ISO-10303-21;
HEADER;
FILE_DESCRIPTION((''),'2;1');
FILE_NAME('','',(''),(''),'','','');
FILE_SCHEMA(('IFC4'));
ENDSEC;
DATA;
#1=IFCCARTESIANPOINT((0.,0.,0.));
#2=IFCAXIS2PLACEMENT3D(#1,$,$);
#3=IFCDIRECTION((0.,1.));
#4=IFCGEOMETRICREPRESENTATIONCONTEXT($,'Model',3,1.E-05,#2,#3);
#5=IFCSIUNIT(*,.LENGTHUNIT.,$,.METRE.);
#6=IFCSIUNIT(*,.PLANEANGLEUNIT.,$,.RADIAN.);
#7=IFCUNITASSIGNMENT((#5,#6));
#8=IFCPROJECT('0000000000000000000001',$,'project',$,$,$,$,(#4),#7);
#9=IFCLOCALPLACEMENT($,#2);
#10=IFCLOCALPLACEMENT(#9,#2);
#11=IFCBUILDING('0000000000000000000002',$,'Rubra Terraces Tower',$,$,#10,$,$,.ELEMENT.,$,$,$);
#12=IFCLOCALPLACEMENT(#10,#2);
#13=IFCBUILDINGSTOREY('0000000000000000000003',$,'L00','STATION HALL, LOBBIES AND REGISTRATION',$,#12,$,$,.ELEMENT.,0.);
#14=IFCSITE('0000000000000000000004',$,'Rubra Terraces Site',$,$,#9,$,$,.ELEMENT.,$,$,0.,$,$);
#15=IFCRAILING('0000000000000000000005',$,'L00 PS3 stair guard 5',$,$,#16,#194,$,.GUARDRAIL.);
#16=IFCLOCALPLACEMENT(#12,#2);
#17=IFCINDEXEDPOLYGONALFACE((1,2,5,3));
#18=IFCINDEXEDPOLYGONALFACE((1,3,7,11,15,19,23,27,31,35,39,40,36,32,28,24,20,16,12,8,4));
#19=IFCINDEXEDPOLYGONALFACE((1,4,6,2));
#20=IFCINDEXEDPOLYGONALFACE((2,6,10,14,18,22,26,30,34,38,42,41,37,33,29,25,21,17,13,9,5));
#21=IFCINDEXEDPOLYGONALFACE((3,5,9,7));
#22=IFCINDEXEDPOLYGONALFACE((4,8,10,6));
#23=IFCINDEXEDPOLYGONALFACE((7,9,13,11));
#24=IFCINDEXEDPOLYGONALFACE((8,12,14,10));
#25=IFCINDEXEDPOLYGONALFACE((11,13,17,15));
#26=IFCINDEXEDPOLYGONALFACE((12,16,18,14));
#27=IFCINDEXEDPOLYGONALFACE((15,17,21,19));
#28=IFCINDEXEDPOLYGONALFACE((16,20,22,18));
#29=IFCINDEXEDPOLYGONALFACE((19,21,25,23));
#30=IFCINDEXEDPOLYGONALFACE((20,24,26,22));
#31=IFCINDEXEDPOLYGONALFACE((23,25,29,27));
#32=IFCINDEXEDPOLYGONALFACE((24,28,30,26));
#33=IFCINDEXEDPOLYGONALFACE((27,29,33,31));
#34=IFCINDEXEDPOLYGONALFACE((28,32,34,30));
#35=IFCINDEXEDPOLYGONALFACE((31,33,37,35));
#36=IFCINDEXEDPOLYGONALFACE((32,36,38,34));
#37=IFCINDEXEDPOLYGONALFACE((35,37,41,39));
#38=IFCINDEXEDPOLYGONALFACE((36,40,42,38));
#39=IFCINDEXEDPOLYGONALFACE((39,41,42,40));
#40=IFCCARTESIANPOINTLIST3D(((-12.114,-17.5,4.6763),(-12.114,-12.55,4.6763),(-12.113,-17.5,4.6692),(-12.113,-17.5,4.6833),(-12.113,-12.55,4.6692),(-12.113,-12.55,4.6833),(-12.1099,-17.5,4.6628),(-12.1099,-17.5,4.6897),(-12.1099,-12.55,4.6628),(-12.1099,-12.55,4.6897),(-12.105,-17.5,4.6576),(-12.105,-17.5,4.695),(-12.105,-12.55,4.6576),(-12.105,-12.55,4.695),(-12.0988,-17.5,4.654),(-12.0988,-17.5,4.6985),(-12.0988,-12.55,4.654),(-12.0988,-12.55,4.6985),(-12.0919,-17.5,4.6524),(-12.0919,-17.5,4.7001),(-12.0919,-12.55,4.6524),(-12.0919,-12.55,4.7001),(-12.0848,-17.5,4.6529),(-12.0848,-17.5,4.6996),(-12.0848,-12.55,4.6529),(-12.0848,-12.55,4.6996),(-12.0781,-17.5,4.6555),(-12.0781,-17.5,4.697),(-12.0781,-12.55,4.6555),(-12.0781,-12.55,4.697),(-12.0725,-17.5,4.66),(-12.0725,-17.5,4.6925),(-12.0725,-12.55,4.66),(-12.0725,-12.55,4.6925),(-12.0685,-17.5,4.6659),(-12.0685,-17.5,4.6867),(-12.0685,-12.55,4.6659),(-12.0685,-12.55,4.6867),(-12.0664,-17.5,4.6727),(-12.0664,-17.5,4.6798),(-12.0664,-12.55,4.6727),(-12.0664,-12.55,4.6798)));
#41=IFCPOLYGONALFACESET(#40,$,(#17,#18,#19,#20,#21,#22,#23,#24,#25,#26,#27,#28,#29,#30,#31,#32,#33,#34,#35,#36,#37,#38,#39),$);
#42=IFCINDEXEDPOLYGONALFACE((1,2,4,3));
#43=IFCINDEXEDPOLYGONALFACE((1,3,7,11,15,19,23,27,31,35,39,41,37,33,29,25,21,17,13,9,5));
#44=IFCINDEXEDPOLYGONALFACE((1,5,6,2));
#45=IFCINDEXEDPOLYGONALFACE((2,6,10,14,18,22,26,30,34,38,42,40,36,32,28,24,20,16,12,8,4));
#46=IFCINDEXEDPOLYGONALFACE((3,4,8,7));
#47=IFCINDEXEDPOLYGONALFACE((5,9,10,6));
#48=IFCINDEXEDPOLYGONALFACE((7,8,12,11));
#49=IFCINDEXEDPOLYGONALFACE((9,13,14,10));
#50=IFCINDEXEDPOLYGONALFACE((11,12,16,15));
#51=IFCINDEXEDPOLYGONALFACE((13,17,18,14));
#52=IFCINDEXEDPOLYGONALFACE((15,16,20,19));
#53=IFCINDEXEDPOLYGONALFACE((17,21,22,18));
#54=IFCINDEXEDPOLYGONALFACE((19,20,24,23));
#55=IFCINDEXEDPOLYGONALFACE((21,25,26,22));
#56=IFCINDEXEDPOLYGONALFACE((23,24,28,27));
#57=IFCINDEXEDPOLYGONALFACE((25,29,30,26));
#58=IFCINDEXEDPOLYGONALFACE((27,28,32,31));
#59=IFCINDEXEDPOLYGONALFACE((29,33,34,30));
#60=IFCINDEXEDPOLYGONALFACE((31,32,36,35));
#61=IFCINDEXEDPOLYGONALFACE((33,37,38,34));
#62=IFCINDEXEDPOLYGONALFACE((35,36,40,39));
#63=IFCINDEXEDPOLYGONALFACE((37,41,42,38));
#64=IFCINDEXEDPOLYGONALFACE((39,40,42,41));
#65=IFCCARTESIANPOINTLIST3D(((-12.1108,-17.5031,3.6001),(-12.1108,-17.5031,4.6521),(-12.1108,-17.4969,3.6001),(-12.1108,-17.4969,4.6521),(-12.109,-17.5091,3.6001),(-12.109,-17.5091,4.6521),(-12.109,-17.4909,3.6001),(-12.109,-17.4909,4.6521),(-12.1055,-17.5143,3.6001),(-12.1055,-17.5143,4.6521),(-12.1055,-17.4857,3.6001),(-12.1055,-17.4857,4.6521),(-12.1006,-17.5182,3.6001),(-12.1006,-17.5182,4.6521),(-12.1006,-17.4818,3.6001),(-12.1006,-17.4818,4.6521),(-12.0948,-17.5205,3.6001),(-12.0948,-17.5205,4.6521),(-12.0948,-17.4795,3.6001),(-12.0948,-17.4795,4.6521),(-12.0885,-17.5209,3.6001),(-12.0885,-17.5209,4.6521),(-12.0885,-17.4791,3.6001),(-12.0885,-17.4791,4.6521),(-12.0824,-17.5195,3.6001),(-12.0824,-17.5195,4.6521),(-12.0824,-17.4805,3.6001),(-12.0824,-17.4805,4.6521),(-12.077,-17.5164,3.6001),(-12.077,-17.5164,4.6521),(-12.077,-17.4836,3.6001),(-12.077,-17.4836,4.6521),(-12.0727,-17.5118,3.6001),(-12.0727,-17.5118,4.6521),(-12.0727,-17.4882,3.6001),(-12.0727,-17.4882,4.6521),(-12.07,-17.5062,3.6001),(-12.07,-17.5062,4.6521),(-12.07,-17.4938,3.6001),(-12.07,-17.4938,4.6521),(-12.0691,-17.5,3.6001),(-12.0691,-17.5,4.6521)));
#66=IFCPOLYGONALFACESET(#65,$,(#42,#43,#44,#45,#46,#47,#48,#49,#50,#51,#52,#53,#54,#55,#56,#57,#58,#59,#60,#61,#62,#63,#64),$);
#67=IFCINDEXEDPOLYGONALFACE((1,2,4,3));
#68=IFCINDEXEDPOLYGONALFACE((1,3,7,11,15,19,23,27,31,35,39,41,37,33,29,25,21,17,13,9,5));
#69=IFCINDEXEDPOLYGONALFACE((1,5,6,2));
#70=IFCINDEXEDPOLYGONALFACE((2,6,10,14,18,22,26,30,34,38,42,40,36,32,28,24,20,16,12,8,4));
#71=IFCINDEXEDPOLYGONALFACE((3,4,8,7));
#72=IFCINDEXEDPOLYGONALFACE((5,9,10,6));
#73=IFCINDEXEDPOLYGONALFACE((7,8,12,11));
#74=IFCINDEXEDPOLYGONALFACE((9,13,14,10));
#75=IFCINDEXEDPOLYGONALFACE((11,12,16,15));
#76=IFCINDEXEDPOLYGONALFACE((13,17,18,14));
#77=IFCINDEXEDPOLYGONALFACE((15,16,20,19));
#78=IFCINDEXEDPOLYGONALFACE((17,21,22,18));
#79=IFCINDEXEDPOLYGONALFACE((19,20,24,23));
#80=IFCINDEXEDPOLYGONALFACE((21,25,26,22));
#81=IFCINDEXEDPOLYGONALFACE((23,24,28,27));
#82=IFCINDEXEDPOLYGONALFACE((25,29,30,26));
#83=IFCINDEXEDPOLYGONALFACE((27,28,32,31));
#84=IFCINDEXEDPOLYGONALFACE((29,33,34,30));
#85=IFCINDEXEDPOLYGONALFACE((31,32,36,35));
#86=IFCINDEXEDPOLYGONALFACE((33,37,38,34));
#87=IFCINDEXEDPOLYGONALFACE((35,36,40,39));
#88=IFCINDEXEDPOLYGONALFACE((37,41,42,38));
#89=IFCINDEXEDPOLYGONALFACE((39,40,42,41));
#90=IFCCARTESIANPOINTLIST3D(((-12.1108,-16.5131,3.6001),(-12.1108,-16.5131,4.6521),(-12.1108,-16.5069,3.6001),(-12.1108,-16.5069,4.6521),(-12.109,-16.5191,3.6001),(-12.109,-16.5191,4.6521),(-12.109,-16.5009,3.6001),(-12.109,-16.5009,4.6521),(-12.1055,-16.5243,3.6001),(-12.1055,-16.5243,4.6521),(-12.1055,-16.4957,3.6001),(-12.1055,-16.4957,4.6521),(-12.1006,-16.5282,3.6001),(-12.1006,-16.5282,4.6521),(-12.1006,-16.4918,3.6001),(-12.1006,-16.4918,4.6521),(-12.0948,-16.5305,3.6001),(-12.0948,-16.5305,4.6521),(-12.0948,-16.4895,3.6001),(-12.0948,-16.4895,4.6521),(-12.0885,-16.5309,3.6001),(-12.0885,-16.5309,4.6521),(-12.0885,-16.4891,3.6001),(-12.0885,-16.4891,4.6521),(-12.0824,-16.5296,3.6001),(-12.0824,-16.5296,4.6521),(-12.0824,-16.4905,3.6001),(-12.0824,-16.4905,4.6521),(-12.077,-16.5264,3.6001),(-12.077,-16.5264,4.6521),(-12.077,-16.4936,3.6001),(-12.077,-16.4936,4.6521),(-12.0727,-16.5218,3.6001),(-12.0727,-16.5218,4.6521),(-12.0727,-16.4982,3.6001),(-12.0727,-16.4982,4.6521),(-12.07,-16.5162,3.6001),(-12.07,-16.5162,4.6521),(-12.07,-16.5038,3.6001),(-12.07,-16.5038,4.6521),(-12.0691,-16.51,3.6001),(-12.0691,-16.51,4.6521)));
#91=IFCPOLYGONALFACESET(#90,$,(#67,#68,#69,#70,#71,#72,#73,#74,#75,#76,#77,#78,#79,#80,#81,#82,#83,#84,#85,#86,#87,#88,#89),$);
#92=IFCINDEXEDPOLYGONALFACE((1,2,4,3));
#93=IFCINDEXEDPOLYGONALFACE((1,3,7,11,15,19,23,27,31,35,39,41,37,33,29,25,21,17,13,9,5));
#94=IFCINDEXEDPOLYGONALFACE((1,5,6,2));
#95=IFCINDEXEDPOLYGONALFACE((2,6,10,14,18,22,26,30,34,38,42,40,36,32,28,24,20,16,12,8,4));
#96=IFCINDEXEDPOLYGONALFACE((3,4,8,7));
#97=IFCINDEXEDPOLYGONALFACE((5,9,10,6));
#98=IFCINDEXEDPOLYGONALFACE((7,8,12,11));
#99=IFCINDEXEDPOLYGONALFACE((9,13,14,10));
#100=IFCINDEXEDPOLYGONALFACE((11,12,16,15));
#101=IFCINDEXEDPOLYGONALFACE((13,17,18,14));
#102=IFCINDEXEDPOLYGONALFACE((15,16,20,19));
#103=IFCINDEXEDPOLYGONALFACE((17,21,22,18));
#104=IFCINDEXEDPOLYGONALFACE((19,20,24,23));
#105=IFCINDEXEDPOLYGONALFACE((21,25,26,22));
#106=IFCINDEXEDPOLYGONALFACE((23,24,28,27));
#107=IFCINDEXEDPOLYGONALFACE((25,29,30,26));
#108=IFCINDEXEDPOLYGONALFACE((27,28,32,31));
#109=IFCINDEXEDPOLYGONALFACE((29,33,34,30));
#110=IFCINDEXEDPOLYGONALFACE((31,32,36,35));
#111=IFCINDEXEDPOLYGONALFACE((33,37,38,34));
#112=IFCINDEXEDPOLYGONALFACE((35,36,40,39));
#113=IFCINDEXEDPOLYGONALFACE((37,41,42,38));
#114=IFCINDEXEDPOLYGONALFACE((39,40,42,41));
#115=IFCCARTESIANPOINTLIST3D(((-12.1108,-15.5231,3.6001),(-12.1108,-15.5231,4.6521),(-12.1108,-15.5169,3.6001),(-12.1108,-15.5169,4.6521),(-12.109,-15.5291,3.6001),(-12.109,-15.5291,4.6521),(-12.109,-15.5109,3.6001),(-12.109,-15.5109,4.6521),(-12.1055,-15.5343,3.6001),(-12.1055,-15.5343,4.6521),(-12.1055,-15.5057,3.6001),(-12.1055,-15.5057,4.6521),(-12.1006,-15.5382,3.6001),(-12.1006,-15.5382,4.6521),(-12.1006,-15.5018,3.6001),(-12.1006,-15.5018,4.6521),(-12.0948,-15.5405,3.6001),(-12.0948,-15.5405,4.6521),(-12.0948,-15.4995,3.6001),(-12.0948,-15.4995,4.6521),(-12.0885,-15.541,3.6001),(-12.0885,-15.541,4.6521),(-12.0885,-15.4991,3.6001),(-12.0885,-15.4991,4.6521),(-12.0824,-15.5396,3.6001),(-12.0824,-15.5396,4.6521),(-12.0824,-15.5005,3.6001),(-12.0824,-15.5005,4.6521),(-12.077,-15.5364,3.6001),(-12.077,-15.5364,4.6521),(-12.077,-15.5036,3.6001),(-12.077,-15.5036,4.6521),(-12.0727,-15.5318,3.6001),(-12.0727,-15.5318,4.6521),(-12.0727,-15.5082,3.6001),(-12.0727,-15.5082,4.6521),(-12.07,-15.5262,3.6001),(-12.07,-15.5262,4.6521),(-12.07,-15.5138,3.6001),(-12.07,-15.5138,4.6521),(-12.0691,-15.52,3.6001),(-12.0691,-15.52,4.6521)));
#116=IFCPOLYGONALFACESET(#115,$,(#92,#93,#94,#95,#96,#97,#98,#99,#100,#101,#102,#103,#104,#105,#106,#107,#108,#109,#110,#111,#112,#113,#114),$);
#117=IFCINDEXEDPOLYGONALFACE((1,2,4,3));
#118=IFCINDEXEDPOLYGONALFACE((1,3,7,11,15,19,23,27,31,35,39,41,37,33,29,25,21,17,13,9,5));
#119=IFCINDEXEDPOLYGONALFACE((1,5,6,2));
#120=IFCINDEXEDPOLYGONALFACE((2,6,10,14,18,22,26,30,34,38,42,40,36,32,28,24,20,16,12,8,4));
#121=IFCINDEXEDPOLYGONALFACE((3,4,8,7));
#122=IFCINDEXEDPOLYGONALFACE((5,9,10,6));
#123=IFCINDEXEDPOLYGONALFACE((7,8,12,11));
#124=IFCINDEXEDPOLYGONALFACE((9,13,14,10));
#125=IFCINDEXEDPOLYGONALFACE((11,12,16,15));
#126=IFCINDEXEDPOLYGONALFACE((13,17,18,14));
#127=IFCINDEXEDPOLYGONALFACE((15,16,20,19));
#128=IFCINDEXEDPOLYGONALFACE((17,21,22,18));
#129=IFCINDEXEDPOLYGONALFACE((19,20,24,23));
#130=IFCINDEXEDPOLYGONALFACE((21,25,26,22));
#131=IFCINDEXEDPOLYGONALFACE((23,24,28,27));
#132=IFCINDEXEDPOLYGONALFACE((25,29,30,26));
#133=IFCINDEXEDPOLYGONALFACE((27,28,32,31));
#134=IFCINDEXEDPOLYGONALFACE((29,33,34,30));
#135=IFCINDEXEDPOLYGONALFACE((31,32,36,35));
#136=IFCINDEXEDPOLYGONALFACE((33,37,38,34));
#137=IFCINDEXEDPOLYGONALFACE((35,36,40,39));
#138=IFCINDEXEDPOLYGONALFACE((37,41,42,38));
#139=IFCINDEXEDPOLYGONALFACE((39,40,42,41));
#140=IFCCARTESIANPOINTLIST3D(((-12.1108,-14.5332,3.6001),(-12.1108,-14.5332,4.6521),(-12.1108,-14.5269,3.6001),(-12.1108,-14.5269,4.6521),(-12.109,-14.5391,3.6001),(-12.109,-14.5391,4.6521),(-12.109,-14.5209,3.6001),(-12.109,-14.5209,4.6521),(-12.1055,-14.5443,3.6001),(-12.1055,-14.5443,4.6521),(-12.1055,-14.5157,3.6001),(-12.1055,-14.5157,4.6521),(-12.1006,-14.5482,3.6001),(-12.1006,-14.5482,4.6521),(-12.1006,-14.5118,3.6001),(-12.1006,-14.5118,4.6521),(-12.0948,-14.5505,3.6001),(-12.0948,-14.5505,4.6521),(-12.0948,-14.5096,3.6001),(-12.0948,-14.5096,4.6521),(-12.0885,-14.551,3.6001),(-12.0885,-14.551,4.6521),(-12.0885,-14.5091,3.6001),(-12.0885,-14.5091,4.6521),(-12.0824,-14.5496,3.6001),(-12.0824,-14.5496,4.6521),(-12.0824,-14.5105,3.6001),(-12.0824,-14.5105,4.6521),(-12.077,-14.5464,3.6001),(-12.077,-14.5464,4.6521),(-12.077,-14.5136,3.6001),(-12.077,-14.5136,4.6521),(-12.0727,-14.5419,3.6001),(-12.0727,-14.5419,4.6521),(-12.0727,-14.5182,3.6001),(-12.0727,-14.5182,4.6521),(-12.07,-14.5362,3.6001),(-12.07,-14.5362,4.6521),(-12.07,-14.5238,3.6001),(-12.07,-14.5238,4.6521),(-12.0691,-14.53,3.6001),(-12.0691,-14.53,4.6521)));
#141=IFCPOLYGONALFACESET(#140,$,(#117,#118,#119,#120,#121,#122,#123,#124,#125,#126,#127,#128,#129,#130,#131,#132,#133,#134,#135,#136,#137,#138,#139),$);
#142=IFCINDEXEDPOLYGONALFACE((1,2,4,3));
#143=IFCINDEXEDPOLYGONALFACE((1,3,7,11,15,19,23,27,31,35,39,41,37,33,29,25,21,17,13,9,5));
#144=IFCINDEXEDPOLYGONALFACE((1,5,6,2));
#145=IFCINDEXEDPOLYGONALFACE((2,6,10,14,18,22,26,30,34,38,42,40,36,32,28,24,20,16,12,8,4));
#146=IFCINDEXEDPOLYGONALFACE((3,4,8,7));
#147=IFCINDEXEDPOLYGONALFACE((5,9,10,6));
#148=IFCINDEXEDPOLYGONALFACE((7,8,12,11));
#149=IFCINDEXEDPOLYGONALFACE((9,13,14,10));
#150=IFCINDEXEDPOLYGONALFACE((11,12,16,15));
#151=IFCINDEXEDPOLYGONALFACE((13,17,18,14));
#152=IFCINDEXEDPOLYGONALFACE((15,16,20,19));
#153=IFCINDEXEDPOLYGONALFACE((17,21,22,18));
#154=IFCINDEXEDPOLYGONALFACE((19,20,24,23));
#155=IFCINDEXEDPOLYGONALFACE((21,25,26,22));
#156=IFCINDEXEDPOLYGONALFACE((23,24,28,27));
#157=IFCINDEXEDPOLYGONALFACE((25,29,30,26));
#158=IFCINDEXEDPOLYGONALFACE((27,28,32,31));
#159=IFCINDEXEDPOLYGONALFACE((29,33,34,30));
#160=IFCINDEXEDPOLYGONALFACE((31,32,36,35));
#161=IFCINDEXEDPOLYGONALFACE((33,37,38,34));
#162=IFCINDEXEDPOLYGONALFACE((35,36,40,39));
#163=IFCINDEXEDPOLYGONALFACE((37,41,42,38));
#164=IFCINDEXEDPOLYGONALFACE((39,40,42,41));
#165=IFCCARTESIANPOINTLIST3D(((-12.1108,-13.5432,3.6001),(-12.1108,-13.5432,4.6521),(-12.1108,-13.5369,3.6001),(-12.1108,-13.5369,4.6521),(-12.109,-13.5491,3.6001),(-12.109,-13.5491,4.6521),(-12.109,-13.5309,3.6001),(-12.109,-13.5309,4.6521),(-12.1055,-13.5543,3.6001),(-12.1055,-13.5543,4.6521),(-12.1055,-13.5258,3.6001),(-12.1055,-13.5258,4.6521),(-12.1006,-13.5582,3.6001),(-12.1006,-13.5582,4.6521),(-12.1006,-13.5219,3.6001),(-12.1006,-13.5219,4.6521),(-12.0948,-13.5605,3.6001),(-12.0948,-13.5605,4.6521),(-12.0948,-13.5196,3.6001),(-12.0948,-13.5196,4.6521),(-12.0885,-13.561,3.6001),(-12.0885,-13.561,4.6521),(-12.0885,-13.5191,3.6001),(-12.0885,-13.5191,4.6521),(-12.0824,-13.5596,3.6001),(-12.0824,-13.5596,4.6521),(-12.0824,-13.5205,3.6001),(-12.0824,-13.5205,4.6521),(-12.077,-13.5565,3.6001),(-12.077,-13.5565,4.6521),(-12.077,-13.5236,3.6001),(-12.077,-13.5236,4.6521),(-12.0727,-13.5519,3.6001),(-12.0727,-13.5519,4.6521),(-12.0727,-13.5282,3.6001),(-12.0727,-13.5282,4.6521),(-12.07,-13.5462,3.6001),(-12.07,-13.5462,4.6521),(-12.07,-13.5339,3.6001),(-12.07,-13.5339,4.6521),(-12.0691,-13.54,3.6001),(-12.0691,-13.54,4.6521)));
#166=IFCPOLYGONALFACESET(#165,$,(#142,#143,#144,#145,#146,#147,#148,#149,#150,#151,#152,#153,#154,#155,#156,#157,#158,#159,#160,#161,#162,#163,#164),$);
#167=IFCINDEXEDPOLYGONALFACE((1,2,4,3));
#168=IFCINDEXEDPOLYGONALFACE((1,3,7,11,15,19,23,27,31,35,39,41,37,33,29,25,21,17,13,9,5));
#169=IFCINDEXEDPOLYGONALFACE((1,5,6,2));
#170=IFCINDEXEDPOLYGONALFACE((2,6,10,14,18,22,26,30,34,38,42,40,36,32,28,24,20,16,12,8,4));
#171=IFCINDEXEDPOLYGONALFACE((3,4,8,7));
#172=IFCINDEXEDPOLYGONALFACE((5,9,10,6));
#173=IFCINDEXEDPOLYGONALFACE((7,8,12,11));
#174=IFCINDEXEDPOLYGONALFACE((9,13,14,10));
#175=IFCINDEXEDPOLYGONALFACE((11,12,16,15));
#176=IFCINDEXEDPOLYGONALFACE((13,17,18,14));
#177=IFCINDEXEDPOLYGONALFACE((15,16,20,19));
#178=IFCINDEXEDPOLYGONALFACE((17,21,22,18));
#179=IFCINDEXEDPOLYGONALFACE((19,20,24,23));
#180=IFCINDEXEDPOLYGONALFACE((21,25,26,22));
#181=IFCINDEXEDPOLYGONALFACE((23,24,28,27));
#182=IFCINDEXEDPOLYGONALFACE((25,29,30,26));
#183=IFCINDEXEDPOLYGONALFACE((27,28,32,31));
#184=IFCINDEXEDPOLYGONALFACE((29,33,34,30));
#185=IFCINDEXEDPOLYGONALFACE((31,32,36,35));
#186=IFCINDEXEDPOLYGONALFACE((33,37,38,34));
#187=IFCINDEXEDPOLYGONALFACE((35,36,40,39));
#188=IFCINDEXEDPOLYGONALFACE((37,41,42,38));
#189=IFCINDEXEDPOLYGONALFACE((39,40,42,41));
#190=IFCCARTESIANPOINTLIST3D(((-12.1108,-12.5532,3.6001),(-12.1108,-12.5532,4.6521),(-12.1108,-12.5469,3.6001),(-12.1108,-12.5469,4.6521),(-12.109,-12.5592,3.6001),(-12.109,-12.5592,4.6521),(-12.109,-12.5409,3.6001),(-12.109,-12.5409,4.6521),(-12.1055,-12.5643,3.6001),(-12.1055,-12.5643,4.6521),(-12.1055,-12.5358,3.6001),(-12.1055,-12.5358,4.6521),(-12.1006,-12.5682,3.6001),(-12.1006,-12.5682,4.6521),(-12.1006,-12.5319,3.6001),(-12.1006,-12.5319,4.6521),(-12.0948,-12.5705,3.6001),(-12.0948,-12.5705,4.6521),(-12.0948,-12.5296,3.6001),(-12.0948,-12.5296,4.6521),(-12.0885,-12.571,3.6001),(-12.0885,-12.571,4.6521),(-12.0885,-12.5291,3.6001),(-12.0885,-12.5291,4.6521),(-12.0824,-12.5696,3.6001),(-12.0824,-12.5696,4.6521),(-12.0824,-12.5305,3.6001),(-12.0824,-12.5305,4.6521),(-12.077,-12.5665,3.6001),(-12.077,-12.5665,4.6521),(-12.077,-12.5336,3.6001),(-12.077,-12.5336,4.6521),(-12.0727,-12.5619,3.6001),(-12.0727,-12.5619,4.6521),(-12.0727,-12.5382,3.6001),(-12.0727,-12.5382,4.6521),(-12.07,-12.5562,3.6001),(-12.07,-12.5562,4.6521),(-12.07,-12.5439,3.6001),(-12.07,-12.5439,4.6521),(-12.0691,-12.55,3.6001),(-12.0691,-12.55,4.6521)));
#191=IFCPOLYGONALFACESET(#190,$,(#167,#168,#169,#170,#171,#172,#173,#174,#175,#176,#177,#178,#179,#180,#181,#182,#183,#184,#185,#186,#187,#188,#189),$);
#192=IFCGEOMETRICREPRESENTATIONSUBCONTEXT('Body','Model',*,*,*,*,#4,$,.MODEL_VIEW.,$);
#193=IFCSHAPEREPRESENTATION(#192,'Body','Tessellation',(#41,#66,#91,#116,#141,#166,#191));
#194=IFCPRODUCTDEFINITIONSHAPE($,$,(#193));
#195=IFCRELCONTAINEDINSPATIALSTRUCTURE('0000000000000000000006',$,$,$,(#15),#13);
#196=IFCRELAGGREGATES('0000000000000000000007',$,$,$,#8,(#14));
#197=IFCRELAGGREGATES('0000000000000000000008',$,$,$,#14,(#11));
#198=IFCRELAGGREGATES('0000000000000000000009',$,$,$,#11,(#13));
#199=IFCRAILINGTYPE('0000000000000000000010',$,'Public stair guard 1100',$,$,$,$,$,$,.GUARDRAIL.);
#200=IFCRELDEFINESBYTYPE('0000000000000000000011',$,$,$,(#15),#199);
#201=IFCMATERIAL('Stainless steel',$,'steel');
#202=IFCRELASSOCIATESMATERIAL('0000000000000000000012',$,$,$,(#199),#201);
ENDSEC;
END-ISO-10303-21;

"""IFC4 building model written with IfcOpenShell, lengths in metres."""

from ifc_helpers import new_model, si_unit, direction, frame, origin, origin_2d, place, context, subcontext, project, spatial, circle, extrude, material, type_object, element, save


model = new_model("IFC4")

# Units and contexts
model_context = context("Model", 3, precision=1e-05, world=origin(), true_north=direction((0.0, 1.0)))
body_context = subcontext(model_context, "Body", "Model", "MODEL_VIEW")
ifc_project = project(units=[si_unit("LENGTHUNIT", "METRE"), si_unit("PLANEANGLEUNIT", "RADIAN")], contexts=[model_context])

# Site, building, storey
site_placement = place(None, origin())
site = spatial("IfcSite", under=ifc_project, at=site_placement, Name="Rubra Terraces Site", CompositionType="ELEMENT", RefElevation=0.0)
building_placement = place(site_placement, origin())
building = spatial("IfcBuilding", under=site, at=building_placement, Name="Rubra Terraces Tower", CompositionType="ELEMENT")
storey_placement = place(building_placement, origin())
storey = spatial("IfcBuildingStorey", under=building, at=storey_placement, Name="L00", Description="STATION HALL, LOBBIES AND REGISTRATION", CompositionType="ELEMENT", Elevation=0.0)

# Railing
ifc_material_1 = material(Name="Stainless steel", Category="steel")
railing_type_1 = type_object("IfcRailingType", Name="Public stair guard 1100", PredefinedType="GUARDRAIL", material=ifc_material_1)
railing_1_placement = place(storey_placement, frame((-12.0901, -17.5, 3.6001)))
element("IfcRailing", 1, at=railing_1_placement, inside=storey, type_object=railing_type_1, Name="L00 PS3 stair guard 5", PredefinedType="GUARDRAIL", context=body_context, shape_type="SweptSolid", body=[
    extrude(circle(Radius=0.0239, at=origin_2d()), frame((0.0, 0.0, 1.0762), z_axis=(0.0, 1.0, 0.0), x_axis=(-1.0, 0.0, 0.0)), (0.0, 0.0, 1.0), 4.95),
    extrude(circle(Radius=0.021, at=origin_2d()), origin(), (0.0, 0.0, 1.0), 1.052),
    extrude(circle(Radius=0.021, at=origin_2d()), frame((0.0, 0.99, 0.0)), (0.0, 0.0, 1.0), 1.052),
    extrude(circle(Radius=0.021, at=origin_2d()), frame((0.0, 1.98, 0.0)), (0.0, 0.0, 1.0), 1.052),
    extrude(circle(Radius=0.021, at=origin_2d()), frame((0.0, 2.97, 0.0)), (0.0, 0.0, 1.0), 1.052),
    extrude(circle(Radius=0.021, at=origin_2d()), frame((0.0, 3.96, 0.0)), (0.0, 0.0, 1.0), 1.052),
    extrude(circle(Radius=0.021, at=origin_2d()), frame((0.0, 4.95, 0.0)), (0.0, 0.0, 1.0), 1.052),
])

save(model, "model.ifc")
